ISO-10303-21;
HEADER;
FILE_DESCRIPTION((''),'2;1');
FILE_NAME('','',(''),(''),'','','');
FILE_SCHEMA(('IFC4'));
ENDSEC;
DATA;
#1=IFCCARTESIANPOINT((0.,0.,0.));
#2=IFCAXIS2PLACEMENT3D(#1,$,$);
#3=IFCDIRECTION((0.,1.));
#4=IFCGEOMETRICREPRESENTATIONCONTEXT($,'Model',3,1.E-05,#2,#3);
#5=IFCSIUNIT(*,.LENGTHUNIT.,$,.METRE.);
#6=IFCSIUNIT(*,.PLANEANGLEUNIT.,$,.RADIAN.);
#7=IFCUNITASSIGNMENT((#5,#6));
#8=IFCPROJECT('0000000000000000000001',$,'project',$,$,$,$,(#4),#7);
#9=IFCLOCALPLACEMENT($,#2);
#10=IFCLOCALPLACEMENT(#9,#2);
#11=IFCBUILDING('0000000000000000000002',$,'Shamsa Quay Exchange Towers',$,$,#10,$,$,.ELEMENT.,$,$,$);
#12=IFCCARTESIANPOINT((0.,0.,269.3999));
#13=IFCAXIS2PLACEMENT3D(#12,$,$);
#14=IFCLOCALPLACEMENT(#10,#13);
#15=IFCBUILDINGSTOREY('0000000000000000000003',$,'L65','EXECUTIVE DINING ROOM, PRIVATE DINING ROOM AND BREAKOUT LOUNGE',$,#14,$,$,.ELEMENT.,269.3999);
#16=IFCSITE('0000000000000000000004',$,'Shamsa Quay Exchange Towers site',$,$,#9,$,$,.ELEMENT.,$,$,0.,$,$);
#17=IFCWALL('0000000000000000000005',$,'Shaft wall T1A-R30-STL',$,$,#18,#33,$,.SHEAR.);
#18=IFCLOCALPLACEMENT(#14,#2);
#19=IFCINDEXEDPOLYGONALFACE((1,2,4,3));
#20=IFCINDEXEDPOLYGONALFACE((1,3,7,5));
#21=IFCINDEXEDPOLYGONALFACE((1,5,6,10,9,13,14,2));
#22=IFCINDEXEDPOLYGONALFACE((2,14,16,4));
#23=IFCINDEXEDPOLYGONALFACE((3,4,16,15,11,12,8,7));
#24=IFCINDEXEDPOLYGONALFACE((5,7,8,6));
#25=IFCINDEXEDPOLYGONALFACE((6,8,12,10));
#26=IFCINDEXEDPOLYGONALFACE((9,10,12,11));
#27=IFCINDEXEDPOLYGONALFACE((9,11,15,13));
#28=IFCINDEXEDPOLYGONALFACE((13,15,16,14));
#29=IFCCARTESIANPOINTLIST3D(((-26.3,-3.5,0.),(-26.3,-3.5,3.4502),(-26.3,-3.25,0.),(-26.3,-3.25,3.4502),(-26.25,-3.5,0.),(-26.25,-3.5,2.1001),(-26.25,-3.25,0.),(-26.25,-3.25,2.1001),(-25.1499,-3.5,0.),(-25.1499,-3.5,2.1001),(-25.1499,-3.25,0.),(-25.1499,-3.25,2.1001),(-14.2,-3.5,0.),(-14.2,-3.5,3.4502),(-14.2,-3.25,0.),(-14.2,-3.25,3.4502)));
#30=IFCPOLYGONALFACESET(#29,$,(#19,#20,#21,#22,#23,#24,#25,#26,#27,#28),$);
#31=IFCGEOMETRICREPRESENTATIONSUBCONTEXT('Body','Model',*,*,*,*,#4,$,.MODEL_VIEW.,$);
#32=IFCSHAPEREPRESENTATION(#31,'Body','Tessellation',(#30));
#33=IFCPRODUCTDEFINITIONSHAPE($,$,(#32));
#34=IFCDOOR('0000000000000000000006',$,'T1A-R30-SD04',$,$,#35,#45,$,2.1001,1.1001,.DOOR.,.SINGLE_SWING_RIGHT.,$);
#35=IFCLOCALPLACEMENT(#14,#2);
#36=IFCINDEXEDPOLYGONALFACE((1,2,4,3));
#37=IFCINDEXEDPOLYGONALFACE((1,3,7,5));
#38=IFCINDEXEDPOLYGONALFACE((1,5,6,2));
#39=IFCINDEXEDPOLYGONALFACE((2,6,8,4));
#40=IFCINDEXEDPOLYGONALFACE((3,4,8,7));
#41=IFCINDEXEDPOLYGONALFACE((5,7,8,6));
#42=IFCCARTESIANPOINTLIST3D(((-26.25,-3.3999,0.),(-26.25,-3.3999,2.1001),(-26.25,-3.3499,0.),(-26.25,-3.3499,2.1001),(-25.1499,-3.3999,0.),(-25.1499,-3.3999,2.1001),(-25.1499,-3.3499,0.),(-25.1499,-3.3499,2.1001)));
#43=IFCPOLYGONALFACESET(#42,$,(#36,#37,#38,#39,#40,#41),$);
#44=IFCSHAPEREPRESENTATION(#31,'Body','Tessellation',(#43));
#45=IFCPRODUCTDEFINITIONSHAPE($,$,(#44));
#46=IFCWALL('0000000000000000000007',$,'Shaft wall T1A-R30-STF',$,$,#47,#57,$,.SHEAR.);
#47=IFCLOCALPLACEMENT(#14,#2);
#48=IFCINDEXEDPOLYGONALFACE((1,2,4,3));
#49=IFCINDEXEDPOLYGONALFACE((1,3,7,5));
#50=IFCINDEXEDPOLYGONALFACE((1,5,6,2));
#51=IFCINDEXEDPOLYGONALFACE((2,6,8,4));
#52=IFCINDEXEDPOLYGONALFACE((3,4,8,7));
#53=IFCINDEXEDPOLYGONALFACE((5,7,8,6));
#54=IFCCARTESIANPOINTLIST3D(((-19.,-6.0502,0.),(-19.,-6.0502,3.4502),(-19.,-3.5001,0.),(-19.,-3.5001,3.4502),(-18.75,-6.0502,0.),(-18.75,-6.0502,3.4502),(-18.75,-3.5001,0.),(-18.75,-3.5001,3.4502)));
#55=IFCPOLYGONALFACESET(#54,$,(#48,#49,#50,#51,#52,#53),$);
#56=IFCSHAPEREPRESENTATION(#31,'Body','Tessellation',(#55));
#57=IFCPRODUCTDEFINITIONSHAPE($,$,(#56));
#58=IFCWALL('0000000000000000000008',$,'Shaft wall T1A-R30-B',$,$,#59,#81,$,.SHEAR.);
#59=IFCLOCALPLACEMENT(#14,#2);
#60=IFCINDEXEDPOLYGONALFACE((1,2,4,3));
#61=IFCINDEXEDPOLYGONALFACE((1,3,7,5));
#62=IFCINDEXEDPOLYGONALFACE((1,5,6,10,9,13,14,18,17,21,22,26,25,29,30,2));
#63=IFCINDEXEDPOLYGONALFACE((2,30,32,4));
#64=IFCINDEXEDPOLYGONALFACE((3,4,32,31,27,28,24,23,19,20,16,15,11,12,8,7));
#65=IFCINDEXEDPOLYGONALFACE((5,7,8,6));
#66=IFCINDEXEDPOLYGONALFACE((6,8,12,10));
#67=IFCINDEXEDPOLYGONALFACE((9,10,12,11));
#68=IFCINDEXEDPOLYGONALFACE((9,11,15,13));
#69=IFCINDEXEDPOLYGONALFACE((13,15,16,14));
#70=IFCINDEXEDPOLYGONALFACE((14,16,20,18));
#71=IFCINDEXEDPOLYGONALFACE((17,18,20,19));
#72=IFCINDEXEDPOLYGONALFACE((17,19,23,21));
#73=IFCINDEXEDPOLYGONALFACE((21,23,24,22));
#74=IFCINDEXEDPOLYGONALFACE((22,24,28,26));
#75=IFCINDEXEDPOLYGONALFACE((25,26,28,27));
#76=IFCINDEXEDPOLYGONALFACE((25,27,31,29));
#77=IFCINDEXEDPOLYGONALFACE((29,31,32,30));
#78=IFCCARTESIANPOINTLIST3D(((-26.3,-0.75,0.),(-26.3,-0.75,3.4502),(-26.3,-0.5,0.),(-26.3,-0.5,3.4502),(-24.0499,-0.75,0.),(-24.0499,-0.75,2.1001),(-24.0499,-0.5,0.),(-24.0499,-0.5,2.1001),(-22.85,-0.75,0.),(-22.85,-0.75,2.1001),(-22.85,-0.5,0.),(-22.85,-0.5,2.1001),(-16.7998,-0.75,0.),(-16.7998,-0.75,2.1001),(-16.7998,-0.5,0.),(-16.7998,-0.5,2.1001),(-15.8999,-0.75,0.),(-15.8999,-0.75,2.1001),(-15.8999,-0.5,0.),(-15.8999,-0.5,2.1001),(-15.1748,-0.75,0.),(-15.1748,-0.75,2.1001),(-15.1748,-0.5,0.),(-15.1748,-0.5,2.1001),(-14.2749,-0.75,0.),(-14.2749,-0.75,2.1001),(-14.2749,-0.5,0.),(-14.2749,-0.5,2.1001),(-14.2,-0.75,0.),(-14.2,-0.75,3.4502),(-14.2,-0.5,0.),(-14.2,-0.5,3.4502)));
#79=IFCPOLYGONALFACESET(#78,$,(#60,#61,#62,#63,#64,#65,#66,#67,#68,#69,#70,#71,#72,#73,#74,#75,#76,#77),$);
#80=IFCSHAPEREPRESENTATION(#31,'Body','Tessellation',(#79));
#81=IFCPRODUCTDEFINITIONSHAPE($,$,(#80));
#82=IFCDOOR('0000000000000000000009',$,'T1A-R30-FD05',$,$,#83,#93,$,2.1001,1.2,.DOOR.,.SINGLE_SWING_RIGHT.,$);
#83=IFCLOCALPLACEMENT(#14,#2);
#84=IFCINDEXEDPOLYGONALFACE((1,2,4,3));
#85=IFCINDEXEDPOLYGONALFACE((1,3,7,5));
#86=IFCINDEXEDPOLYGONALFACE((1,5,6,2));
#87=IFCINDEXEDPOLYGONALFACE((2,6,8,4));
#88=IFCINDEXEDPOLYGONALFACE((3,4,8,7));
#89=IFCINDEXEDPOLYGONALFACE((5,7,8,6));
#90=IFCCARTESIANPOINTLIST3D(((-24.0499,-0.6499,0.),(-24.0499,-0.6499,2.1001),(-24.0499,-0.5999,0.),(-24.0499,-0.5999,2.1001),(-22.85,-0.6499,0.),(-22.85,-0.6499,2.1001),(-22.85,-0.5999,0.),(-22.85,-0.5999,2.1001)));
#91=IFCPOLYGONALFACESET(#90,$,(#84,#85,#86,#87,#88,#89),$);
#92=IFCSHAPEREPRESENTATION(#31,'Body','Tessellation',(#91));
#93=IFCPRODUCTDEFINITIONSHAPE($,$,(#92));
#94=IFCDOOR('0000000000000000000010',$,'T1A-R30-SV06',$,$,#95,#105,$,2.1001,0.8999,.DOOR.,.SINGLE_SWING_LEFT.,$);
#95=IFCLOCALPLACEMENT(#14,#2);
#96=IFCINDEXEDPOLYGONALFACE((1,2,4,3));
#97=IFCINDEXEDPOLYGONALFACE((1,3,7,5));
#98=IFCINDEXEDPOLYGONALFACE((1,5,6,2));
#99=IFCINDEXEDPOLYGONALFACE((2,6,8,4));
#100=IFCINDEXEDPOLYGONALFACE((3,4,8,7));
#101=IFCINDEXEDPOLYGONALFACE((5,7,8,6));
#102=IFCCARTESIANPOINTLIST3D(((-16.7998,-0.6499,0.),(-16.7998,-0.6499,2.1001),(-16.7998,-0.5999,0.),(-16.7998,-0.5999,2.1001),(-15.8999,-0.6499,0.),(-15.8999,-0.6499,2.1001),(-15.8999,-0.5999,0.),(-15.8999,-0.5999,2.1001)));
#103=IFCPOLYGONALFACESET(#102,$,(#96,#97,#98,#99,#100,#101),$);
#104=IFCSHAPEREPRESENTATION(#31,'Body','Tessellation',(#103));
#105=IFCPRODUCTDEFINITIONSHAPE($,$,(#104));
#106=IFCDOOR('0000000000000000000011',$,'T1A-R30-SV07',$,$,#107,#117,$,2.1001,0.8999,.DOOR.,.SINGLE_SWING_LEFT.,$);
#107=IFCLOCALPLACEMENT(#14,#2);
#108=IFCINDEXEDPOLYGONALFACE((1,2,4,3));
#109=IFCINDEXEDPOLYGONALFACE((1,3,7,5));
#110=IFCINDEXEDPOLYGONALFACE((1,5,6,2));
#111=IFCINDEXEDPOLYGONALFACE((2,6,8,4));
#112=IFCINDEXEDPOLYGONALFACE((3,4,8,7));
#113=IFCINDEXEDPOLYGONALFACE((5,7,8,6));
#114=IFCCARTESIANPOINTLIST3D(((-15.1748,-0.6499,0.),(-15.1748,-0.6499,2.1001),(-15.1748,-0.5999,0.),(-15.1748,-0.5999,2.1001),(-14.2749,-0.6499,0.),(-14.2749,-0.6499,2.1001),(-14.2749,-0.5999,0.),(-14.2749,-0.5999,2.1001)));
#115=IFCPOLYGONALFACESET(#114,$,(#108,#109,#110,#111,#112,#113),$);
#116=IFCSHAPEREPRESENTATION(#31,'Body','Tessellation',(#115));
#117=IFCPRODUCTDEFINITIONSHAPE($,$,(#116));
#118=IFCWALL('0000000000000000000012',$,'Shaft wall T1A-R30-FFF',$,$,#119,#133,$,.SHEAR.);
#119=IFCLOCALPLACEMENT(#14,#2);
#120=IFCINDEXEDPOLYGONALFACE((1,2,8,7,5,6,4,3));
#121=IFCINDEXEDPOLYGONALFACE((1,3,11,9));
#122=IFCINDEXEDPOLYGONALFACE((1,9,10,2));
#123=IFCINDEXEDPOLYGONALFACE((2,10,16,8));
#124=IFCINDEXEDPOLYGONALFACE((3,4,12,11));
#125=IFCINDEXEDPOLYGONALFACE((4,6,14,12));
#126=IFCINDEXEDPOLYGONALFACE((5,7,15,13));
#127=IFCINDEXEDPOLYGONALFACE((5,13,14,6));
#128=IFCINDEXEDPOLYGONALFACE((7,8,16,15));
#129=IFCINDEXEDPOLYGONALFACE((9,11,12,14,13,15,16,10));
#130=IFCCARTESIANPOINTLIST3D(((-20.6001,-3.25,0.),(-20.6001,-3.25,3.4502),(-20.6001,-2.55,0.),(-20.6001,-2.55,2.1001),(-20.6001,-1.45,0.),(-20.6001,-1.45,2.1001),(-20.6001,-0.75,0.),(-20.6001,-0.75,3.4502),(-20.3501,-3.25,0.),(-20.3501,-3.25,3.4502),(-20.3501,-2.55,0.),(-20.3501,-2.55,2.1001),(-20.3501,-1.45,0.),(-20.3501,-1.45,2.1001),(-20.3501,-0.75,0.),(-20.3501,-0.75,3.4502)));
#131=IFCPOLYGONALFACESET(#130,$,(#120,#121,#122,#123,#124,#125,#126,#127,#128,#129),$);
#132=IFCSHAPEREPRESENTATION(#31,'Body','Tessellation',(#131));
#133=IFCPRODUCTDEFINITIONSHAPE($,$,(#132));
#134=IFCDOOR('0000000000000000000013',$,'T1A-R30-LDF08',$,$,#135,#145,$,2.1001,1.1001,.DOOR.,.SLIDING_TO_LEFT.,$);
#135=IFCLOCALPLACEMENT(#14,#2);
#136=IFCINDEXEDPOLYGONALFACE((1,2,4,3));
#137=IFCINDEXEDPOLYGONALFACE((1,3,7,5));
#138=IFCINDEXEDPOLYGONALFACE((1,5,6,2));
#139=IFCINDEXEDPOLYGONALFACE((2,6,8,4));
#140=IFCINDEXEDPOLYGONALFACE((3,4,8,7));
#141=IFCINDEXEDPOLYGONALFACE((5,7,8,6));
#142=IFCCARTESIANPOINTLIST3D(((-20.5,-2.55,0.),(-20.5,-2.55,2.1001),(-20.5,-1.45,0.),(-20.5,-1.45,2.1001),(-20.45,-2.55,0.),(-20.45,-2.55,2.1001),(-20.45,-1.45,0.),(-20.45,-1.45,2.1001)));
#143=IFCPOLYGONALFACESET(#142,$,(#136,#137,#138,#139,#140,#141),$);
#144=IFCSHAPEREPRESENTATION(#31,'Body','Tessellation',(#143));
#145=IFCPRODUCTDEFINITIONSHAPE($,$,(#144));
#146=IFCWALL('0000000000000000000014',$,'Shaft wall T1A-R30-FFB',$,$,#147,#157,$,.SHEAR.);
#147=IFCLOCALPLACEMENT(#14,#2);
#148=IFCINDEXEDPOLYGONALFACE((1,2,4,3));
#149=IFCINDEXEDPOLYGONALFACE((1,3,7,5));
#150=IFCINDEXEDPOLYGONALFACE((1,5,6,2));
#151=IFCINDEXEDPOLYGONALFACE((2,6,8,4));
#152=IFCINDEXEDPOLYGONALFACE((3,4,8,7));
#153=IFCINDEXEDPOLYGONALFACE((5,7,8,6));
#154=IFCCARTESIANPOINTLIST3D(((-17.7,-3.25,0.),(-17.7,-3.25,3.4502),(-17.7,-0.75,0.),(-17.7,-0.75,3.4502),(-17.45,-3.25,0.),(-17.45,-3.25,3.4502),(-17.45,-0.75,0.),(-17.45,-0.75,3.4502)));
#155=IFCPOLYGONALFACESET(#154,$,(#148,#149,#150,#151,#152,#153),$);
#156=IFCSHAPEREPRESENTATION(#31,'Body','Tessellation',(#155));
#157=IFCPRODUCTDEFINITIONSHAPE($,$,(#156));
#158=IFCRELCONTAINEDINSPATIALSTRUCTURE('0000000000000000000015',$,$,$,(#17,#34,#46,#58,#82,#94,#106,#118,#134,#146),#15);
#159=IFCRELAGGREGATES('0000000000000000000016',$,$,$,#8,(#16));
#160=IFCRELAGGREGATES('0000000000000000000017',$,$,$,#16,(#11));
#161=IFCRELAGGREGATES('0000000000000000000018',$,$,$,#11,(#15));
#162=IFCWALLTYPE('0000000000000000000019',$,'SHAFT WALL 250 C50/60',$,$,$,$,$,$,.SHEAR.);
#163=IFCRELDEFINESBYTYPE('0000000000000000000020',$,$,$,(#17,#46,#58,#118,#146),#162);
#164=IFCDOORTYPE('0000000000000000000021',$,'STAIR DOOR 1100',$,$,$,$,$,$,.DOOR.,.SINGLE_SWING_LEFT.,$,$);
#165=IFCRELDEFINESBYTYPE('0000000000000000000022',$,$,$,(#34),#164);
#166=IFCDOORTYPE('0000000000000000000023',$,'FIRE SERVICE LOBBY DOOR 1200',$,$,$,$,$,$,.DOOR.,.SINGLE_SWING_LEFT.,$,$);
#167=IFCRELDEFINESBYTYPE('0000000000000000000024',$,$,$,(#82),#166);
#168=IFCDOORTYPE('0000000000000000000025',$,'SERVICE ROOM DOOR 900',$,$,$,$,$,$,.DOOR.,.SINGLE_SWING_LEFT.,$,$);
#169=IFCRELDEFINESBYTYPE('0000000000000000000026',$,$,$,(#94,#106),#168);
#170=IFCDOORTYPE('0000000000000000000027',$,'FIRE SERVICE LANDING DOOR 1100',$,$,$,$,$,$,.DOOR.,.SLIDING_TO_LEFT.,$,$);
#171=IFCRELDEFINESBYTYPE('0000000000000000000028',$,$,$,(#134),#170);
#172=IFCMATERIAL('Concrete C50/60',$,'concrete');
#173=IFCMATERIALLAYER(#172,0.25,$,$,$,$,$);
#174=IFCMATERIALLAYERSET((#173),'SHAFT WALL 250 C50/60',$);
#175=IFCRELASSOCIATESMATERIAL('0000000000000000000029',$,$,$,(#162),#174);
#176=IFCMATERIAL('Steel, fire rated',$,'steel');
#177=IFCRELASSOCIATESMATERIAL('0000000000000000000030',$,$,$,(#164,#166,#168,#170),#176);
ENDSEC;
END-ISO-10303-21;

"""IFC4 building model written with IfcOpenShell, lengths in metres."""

from ifc_helpers import new_model, si_unit, direction, frame, frame_2d, origin, place, context, subcontext, project, spatial, rectangle, extrude, material, layer, layer_set, type_object, element, fill, save


model = new_model("IFC4")

# Units and contexts
model_context = context("Model", 3, precision=1e-05, world=origin(), true_north=direction((0.0, 1.0)))
body_context = subcontext(model_context, "Body", "Model", "MODEL_VIEW")
ifc_project = project(units=[si_unit("LENGTHUNIT", "METRE"), si_unit("PLANEANGLEUNIT", "RADIAN")], contexts=[model_context])

# Site, building, storey
site_placement = place(None, origin())
site = spatial("IfcSite", under=ifc_project, at=site_placement, Name="Shamsa Quay Exchange Towers site", CompositionType="ELEMENT", RefElevation=0.0)
building_placement = place(site_placement, origin())
building = spatial("IfcBuilding", under=site, at=building_placement, Name="Shamsa Quay Exchange Towers", CompositionType="ELEMENT")
storey_placement = place(building_placement, frame((0.0, 0.0, 269.3999)))
storey = spatial("IfcBuildingStorey", under=building, at=storey_placement, Name="L65", Description="EXECUTIVE DINING ROOM, PRIVATE DINING ROOM AND BREAKOUT LOUNGE", CompositionType="ELEMENT", Elevation=269.3999)

# Wall, opening, door
ifc_material_1 = material(Name="Concrete C50/60", Category="concrete")
ifc_layer_1 = layer(ifc_material_1, 0.25)
ifc_layer_set_1 = layer_set([ifc_layer_1], Name="SHAFT WALL 250 C50/60")
wall_type_1 = type_object("IfcWallType", Name="SHAFT WALL 250 C50/60", PredefinedType="SHEAR", material=ifc_layer_set_1)
wall_1_placement = place(storey_placement, frame((-14.2, -3.375, 0.0), z_axis=(0.0, 0.0, 1.0), x_axis=(-1.0, 0.0, 0.0)))
wall_1 = element("IfcWall", 1, at=wall_1_placement, inside=storey, type_object=wall_type_1, Name="Shaft wall T1A-R30-STL", PredefinedType="SHEAR", context=body_context, shape_type="SweptSolid", body=[
    extrude(rectangle(XDim=12.1001, YDim=0.25, at=frame_2d((6.05, 0.0))), origin(), (0.0, 0.0, 1.0), 3.4502),
])
opening_1_placement = place(wall_1_placement, frame((10.95, 0.0, 0.0)))
opening_1 = element("IfcOpeningElement", 2, at=opening_1_placement, cuts=wall_1, PredefinedType="OPENING", context=body_context, shape_type="SweptSolid", body=[
    extrude(rectangle(XDim=1.1001, YDim=2.1001, at=frame_2d((0.55, 1.05))), frame((0.0, 0.135, 0.0), z_axis=(0.0, -1.0, 0.0), x_axis=(1.0, 0.0, 0.0)), (0.0, 0.0, 1.0), 0.27),
])
ifc_material_2 = material(Name="Steel, fire rated", Category="steel")
door_type_1 = type_object("IfcDoorType", Name="STAIR DOOR 1100", OperationType="SINGLE_SWING_LEFT", PredefinedType="DOOR", material=ifc_material_2)
door_1_placement = place(opening_1_placement, origin())
door_1 = element("IfcDoor", 3, at=door_1_placement, inside=storey, type_object=door_type_1, Name="T1A-R30-SD04", OperationType="SINGLE_SWING_RIGHT", OverallHeight=2.1001, OverallWidth=1.1001, PredefinedType="DOOR", context=body_context, shape_type="SweptSolid", body=[
    extrude(rectangle(XDim=1.1001, YDim=2.1001, at=frame_2d((0.55, 1.05))), frame((0.0, 0.0249, 0.0), z_axis=(0.0, -1.0, 0.0), x_axis=(1.0, 0.0, 0.0)), (0.0, 0.0, 1.0), 0.05),
])
fill(opening_1, door_1)

# Wall
wall_2_placement = place(storey_placement, frame((-18.875, -6.05, 0.0), z_axis=(0.0, 0.0, 1.0), x_axis=(0.0, 1.0, 0.0)))
element("IfcWall", 4, at=wall_2_placement, inside=storey, type_object=wall_type_1, Name="Shaft wall T1A-R30-STF", PredefinedType="SHEAR", context=body_context, shape_type="SweptSolid", body=[
    extrude(rectangle(XDim=2.55, YDim=0.25, at=frame_2d((1.2749, 0.0))), origin(), (0.0, 0.0, 1.0), 3.4502),
])

# Wall, openings, doors
wall_3_placement = place(storey_placement, frame((-14.2, -0.625, 0.0), z_axis=(0.0, 0.0, 1.0), x_axis=(-1.0, 0.0, 0.0)))
wall_3 = element("IfcWall", 5, at=wall_3_placement, inside=storey, type_object=wall_type_1, Name="Shaft wall T1A-R30-B", PredefinedType="SHEAR", context=body_context, shape_type="SweptSolid", body=[
    extrude(rectangle(XDim=12.1001, YDim=0.25, at=frame_2d((6.05, 0.0))), origin(), (0.0, 0.0, 1.0), 3.4502),
])
opening_2_placement = place(wall_3_placement, frame((8.6499, 0.0, 0.0)))
opening_2 = element("IfcOpeningElement", 6, at=opening_2_placement, cuts=wall_3, PredefinedType="OPENING", context=body_context, shape_type="SweptSolid", body=[
    extrude(rectangle(XDim=1.2, YDim=2.1001, at=frame_2d((0.6001, 1.05))), frame((0.0, 0.135, 0.0), z_axis=(0.0, -1.0, 0.0), x_axis=(1.0, 0.0, 0.0)), (0.0, 0.0, 1.0), 0.27),
])
opening_3_placement = place(wall_3_placement, frame((1.7, 0.0, 0.0)))
opening_3 = element("IfcOpeningElement", 7, at=opening_3_placement, cuts=wall_3, PredefinedType="OPENING", context=body_context, shape_type="SweptSolid", body=[
    extrude(rectangle(XDim=0.8999, YDim=2.1001, at=frame_2d((0.45, 1.05))), frame((0.0, 0.135, 0.0), z_axis=(0.0, -1.0, 0.0), x_axis=(1.0, 0.0, 0.0)), (0.0, 0.0, 1.0), 0.27),
])
opening_4_placement = place(wall_3_placement, frame((0.075, 0.0, 0.0)))
opening_4 = element("IfcOpeningElement", 8, at=opening_4_placement, cuts=wall_3, PredefinedType="OPENING", context=body_context, shape_type="SweptSolid", body=[
    extrude(rectangle(XDim=0.8999, YDim=2.1001, at=frame_2d((0.45, 1.05))), frame((0.0, 0.135, 0.0), z_axis=(0.0, -1.0, 0.0), x_axis=(1.0, 0.0, 0.0)), (0.0, 0.0, 1.0), 0.27),
])
door_type_2 = type_object("IfcDoorType", Name="FIRE SERVICE LOBBY DOOR 1200", OperationType="SINGLE_SWING_LEFT", PredefinedType="DOOR", material=ifc_material_2)
door_2_placement = place(opening_2_placement, origin())
door_2 = element("IfcDoor", 9, at=door_2_placement, inside=storey, type_object=door_type_2, Name="T1A-R30-FD05", OperationType="SINGLE_SWING_RIGHT", OverallHeight=2.1001, OverallWidth=1.2, PredefinedType="DOOR", context=body_context, shape_type="SweptSolid", body=[
    extrude(rectangle(XDim=1.2, YDim=2.1001, at=frame_2d((0.6001, 1.05))), frame((0.0, 0.0249, 0.0), z_axis=(0.0, -1.0, 0.0), x_axis=(1.0, 0.0, 0.0)), (0.0, 0.0, 1.0), 0.05),
])
fill(opening_2, door_2)
door_type_3 = type_object("IfcDoorType", Name="SERVICE ROOM DOOR 900", OperationType="SINGLE_SWING_LEFT", PredefinedType="DOOR", material=ifc_material_2)
door_3_placement = place(opening_3_placement, origin())
door_3 = element("IfcDoor", 10, at=door_3_placement, inside=storey, type_object=door_type_3, Name="T1A-R30-SV06", OperationType="SINGLE_SWING_LEFT", OverallHeight=2.1001, OverallWidth=0.8999, PredefinedType="DOOR", context=body_context, shape_type="SweptSolid", body=[
    extrude(rectangle(XDim=0.8999, YDim=2.1001, at=frame_2d((0.45, 1.05))), frame((0.0, 0.0249, 0.0), z_axis=(0.0, -1.0, 0.0), x_axis=(1.0, 0.0, 0.0)), (0.0, 0.0, 1.0), 0.05),
])
fill(opening_3, door_3)
door_4_placement = place(opening_4_placement, origin())
door_4 = element("IfcDoor", 11, at=door_4_placement, inside=storey, type_object=door_type_3, Name="T1A-R30-SV07", OperationType="SINGLE_SWING_LEFT", OverallHeight=2.1001, OverallWidth=0.8999, PredefinedType="DOOR", context=body_context, shape_type="SweptSolid", body=[
    extrude(rectangle(XDim=0.8999, YDim=2.1001, at=frame_2d((0.45, 1.05))), frame((0.0, 0.0249, 0.0), z_axis=(0.0, -1.0, 0.0), x_axis=(1.0, 0.0, 0.0)), (0.0, 0.0, 1.0), 0.05),
])
fill(opening_4, door_4)

# Wall, opening, door
wall_4_placement = place(storey_placement, frame((-20.4751, -3.25, 0.0), z_axis=(0.0, 0.0, 1.0), x_axis=(0.0, 1.0, 0.0)))
wall_4 = element("IfcWall", 12, at=wall_4_placement, inside=storey, type_object=wall_type_1, Name="Shaft wall T1A-R30-FFF", PredefinedType="SHEAR", context=body_context, shape_type="SweptSolid", body=[
    extrude(rectangle(XDim=2.5, YDim=0.25, at=frame_2d((1.25, 0.0))), origin(), (0.0, 0.0, 1.0), 3.4502),
])
opening_5_placement = place(wall_4_placement, frame((0.7, 0.0, 0.0)))
opening_5 = element("IfcOpeningElement", 13, at=opening_5_placement, cuts=wall_4, PredefinedType="OPENING", context=body_context, shape_type="SweptSolid", body=[
    extrude(rectangle(XDim=1.1001, YDim=2.1001, at=frame_2d((0.55, 1.05))), frame((0.0, 0.135, 0.0), z_axis=(0.0, -1.0, 0.0), x_axis=(1.0, 0.0, 0.0)), (0.0, 0.0, 1.0), 0.27),
])
door_type_4 = type_object("IfcDoorType", Name="FIRE SERVICE LANDING DOOR 1100", OperationType="SLIDING_TO_LEFT", PredefinedType="DOOR", material=ifc_material_2)
door_5_placement = place(opening_5_placement, origin())
door_5 = element("IfcDoor", 14, at=door_5_placement, inside=storey, type_object=door_type_4, Name="T1A-R30-LDF08", OperationType="SLIDING_TO_LEFT", OverallHeight=2.1001, OverallWidth=1.1001, PredefinedType="DOOR", context=body_context, shape_type="SweptSolid", body=[
    extrude(rectangle(XDim=1.1001, YDim=2.1001, at=frame_2d((0.55, 1.05))), frame((0.0, 0.0249, 0.0), z_axis=(0.0, -1.0, 0.0), x_axis=(1.0, 0.0, 0.0)), (0.0, 0.0, 1.0), 0.05),
])
fill(opening_5, door_5)

# Wall
wall_5_placement = place(storey_placement, frame((-17.575, -3.25, 0.0), z_axis=(0.0, 0.0, 1.0), x_axis=(0.0, 1.0, 0.0)))
element("IfcWall", 15, at=wall_5_placement, inside=storey, type_object=wall_type_1, Name="Shaft wall T1A-R30-FFB", PredefinedType="SHEAR", context=body_context, shape_type="SweptSolid", body=[
    extrude(rectangle(XDim=2.5, YDim=0.25, at=frame_2d((1.25, 0.0))), origin(), (0.0, 0.0, 1.0), 3.4502),
])

save(model, "model.ifc")
